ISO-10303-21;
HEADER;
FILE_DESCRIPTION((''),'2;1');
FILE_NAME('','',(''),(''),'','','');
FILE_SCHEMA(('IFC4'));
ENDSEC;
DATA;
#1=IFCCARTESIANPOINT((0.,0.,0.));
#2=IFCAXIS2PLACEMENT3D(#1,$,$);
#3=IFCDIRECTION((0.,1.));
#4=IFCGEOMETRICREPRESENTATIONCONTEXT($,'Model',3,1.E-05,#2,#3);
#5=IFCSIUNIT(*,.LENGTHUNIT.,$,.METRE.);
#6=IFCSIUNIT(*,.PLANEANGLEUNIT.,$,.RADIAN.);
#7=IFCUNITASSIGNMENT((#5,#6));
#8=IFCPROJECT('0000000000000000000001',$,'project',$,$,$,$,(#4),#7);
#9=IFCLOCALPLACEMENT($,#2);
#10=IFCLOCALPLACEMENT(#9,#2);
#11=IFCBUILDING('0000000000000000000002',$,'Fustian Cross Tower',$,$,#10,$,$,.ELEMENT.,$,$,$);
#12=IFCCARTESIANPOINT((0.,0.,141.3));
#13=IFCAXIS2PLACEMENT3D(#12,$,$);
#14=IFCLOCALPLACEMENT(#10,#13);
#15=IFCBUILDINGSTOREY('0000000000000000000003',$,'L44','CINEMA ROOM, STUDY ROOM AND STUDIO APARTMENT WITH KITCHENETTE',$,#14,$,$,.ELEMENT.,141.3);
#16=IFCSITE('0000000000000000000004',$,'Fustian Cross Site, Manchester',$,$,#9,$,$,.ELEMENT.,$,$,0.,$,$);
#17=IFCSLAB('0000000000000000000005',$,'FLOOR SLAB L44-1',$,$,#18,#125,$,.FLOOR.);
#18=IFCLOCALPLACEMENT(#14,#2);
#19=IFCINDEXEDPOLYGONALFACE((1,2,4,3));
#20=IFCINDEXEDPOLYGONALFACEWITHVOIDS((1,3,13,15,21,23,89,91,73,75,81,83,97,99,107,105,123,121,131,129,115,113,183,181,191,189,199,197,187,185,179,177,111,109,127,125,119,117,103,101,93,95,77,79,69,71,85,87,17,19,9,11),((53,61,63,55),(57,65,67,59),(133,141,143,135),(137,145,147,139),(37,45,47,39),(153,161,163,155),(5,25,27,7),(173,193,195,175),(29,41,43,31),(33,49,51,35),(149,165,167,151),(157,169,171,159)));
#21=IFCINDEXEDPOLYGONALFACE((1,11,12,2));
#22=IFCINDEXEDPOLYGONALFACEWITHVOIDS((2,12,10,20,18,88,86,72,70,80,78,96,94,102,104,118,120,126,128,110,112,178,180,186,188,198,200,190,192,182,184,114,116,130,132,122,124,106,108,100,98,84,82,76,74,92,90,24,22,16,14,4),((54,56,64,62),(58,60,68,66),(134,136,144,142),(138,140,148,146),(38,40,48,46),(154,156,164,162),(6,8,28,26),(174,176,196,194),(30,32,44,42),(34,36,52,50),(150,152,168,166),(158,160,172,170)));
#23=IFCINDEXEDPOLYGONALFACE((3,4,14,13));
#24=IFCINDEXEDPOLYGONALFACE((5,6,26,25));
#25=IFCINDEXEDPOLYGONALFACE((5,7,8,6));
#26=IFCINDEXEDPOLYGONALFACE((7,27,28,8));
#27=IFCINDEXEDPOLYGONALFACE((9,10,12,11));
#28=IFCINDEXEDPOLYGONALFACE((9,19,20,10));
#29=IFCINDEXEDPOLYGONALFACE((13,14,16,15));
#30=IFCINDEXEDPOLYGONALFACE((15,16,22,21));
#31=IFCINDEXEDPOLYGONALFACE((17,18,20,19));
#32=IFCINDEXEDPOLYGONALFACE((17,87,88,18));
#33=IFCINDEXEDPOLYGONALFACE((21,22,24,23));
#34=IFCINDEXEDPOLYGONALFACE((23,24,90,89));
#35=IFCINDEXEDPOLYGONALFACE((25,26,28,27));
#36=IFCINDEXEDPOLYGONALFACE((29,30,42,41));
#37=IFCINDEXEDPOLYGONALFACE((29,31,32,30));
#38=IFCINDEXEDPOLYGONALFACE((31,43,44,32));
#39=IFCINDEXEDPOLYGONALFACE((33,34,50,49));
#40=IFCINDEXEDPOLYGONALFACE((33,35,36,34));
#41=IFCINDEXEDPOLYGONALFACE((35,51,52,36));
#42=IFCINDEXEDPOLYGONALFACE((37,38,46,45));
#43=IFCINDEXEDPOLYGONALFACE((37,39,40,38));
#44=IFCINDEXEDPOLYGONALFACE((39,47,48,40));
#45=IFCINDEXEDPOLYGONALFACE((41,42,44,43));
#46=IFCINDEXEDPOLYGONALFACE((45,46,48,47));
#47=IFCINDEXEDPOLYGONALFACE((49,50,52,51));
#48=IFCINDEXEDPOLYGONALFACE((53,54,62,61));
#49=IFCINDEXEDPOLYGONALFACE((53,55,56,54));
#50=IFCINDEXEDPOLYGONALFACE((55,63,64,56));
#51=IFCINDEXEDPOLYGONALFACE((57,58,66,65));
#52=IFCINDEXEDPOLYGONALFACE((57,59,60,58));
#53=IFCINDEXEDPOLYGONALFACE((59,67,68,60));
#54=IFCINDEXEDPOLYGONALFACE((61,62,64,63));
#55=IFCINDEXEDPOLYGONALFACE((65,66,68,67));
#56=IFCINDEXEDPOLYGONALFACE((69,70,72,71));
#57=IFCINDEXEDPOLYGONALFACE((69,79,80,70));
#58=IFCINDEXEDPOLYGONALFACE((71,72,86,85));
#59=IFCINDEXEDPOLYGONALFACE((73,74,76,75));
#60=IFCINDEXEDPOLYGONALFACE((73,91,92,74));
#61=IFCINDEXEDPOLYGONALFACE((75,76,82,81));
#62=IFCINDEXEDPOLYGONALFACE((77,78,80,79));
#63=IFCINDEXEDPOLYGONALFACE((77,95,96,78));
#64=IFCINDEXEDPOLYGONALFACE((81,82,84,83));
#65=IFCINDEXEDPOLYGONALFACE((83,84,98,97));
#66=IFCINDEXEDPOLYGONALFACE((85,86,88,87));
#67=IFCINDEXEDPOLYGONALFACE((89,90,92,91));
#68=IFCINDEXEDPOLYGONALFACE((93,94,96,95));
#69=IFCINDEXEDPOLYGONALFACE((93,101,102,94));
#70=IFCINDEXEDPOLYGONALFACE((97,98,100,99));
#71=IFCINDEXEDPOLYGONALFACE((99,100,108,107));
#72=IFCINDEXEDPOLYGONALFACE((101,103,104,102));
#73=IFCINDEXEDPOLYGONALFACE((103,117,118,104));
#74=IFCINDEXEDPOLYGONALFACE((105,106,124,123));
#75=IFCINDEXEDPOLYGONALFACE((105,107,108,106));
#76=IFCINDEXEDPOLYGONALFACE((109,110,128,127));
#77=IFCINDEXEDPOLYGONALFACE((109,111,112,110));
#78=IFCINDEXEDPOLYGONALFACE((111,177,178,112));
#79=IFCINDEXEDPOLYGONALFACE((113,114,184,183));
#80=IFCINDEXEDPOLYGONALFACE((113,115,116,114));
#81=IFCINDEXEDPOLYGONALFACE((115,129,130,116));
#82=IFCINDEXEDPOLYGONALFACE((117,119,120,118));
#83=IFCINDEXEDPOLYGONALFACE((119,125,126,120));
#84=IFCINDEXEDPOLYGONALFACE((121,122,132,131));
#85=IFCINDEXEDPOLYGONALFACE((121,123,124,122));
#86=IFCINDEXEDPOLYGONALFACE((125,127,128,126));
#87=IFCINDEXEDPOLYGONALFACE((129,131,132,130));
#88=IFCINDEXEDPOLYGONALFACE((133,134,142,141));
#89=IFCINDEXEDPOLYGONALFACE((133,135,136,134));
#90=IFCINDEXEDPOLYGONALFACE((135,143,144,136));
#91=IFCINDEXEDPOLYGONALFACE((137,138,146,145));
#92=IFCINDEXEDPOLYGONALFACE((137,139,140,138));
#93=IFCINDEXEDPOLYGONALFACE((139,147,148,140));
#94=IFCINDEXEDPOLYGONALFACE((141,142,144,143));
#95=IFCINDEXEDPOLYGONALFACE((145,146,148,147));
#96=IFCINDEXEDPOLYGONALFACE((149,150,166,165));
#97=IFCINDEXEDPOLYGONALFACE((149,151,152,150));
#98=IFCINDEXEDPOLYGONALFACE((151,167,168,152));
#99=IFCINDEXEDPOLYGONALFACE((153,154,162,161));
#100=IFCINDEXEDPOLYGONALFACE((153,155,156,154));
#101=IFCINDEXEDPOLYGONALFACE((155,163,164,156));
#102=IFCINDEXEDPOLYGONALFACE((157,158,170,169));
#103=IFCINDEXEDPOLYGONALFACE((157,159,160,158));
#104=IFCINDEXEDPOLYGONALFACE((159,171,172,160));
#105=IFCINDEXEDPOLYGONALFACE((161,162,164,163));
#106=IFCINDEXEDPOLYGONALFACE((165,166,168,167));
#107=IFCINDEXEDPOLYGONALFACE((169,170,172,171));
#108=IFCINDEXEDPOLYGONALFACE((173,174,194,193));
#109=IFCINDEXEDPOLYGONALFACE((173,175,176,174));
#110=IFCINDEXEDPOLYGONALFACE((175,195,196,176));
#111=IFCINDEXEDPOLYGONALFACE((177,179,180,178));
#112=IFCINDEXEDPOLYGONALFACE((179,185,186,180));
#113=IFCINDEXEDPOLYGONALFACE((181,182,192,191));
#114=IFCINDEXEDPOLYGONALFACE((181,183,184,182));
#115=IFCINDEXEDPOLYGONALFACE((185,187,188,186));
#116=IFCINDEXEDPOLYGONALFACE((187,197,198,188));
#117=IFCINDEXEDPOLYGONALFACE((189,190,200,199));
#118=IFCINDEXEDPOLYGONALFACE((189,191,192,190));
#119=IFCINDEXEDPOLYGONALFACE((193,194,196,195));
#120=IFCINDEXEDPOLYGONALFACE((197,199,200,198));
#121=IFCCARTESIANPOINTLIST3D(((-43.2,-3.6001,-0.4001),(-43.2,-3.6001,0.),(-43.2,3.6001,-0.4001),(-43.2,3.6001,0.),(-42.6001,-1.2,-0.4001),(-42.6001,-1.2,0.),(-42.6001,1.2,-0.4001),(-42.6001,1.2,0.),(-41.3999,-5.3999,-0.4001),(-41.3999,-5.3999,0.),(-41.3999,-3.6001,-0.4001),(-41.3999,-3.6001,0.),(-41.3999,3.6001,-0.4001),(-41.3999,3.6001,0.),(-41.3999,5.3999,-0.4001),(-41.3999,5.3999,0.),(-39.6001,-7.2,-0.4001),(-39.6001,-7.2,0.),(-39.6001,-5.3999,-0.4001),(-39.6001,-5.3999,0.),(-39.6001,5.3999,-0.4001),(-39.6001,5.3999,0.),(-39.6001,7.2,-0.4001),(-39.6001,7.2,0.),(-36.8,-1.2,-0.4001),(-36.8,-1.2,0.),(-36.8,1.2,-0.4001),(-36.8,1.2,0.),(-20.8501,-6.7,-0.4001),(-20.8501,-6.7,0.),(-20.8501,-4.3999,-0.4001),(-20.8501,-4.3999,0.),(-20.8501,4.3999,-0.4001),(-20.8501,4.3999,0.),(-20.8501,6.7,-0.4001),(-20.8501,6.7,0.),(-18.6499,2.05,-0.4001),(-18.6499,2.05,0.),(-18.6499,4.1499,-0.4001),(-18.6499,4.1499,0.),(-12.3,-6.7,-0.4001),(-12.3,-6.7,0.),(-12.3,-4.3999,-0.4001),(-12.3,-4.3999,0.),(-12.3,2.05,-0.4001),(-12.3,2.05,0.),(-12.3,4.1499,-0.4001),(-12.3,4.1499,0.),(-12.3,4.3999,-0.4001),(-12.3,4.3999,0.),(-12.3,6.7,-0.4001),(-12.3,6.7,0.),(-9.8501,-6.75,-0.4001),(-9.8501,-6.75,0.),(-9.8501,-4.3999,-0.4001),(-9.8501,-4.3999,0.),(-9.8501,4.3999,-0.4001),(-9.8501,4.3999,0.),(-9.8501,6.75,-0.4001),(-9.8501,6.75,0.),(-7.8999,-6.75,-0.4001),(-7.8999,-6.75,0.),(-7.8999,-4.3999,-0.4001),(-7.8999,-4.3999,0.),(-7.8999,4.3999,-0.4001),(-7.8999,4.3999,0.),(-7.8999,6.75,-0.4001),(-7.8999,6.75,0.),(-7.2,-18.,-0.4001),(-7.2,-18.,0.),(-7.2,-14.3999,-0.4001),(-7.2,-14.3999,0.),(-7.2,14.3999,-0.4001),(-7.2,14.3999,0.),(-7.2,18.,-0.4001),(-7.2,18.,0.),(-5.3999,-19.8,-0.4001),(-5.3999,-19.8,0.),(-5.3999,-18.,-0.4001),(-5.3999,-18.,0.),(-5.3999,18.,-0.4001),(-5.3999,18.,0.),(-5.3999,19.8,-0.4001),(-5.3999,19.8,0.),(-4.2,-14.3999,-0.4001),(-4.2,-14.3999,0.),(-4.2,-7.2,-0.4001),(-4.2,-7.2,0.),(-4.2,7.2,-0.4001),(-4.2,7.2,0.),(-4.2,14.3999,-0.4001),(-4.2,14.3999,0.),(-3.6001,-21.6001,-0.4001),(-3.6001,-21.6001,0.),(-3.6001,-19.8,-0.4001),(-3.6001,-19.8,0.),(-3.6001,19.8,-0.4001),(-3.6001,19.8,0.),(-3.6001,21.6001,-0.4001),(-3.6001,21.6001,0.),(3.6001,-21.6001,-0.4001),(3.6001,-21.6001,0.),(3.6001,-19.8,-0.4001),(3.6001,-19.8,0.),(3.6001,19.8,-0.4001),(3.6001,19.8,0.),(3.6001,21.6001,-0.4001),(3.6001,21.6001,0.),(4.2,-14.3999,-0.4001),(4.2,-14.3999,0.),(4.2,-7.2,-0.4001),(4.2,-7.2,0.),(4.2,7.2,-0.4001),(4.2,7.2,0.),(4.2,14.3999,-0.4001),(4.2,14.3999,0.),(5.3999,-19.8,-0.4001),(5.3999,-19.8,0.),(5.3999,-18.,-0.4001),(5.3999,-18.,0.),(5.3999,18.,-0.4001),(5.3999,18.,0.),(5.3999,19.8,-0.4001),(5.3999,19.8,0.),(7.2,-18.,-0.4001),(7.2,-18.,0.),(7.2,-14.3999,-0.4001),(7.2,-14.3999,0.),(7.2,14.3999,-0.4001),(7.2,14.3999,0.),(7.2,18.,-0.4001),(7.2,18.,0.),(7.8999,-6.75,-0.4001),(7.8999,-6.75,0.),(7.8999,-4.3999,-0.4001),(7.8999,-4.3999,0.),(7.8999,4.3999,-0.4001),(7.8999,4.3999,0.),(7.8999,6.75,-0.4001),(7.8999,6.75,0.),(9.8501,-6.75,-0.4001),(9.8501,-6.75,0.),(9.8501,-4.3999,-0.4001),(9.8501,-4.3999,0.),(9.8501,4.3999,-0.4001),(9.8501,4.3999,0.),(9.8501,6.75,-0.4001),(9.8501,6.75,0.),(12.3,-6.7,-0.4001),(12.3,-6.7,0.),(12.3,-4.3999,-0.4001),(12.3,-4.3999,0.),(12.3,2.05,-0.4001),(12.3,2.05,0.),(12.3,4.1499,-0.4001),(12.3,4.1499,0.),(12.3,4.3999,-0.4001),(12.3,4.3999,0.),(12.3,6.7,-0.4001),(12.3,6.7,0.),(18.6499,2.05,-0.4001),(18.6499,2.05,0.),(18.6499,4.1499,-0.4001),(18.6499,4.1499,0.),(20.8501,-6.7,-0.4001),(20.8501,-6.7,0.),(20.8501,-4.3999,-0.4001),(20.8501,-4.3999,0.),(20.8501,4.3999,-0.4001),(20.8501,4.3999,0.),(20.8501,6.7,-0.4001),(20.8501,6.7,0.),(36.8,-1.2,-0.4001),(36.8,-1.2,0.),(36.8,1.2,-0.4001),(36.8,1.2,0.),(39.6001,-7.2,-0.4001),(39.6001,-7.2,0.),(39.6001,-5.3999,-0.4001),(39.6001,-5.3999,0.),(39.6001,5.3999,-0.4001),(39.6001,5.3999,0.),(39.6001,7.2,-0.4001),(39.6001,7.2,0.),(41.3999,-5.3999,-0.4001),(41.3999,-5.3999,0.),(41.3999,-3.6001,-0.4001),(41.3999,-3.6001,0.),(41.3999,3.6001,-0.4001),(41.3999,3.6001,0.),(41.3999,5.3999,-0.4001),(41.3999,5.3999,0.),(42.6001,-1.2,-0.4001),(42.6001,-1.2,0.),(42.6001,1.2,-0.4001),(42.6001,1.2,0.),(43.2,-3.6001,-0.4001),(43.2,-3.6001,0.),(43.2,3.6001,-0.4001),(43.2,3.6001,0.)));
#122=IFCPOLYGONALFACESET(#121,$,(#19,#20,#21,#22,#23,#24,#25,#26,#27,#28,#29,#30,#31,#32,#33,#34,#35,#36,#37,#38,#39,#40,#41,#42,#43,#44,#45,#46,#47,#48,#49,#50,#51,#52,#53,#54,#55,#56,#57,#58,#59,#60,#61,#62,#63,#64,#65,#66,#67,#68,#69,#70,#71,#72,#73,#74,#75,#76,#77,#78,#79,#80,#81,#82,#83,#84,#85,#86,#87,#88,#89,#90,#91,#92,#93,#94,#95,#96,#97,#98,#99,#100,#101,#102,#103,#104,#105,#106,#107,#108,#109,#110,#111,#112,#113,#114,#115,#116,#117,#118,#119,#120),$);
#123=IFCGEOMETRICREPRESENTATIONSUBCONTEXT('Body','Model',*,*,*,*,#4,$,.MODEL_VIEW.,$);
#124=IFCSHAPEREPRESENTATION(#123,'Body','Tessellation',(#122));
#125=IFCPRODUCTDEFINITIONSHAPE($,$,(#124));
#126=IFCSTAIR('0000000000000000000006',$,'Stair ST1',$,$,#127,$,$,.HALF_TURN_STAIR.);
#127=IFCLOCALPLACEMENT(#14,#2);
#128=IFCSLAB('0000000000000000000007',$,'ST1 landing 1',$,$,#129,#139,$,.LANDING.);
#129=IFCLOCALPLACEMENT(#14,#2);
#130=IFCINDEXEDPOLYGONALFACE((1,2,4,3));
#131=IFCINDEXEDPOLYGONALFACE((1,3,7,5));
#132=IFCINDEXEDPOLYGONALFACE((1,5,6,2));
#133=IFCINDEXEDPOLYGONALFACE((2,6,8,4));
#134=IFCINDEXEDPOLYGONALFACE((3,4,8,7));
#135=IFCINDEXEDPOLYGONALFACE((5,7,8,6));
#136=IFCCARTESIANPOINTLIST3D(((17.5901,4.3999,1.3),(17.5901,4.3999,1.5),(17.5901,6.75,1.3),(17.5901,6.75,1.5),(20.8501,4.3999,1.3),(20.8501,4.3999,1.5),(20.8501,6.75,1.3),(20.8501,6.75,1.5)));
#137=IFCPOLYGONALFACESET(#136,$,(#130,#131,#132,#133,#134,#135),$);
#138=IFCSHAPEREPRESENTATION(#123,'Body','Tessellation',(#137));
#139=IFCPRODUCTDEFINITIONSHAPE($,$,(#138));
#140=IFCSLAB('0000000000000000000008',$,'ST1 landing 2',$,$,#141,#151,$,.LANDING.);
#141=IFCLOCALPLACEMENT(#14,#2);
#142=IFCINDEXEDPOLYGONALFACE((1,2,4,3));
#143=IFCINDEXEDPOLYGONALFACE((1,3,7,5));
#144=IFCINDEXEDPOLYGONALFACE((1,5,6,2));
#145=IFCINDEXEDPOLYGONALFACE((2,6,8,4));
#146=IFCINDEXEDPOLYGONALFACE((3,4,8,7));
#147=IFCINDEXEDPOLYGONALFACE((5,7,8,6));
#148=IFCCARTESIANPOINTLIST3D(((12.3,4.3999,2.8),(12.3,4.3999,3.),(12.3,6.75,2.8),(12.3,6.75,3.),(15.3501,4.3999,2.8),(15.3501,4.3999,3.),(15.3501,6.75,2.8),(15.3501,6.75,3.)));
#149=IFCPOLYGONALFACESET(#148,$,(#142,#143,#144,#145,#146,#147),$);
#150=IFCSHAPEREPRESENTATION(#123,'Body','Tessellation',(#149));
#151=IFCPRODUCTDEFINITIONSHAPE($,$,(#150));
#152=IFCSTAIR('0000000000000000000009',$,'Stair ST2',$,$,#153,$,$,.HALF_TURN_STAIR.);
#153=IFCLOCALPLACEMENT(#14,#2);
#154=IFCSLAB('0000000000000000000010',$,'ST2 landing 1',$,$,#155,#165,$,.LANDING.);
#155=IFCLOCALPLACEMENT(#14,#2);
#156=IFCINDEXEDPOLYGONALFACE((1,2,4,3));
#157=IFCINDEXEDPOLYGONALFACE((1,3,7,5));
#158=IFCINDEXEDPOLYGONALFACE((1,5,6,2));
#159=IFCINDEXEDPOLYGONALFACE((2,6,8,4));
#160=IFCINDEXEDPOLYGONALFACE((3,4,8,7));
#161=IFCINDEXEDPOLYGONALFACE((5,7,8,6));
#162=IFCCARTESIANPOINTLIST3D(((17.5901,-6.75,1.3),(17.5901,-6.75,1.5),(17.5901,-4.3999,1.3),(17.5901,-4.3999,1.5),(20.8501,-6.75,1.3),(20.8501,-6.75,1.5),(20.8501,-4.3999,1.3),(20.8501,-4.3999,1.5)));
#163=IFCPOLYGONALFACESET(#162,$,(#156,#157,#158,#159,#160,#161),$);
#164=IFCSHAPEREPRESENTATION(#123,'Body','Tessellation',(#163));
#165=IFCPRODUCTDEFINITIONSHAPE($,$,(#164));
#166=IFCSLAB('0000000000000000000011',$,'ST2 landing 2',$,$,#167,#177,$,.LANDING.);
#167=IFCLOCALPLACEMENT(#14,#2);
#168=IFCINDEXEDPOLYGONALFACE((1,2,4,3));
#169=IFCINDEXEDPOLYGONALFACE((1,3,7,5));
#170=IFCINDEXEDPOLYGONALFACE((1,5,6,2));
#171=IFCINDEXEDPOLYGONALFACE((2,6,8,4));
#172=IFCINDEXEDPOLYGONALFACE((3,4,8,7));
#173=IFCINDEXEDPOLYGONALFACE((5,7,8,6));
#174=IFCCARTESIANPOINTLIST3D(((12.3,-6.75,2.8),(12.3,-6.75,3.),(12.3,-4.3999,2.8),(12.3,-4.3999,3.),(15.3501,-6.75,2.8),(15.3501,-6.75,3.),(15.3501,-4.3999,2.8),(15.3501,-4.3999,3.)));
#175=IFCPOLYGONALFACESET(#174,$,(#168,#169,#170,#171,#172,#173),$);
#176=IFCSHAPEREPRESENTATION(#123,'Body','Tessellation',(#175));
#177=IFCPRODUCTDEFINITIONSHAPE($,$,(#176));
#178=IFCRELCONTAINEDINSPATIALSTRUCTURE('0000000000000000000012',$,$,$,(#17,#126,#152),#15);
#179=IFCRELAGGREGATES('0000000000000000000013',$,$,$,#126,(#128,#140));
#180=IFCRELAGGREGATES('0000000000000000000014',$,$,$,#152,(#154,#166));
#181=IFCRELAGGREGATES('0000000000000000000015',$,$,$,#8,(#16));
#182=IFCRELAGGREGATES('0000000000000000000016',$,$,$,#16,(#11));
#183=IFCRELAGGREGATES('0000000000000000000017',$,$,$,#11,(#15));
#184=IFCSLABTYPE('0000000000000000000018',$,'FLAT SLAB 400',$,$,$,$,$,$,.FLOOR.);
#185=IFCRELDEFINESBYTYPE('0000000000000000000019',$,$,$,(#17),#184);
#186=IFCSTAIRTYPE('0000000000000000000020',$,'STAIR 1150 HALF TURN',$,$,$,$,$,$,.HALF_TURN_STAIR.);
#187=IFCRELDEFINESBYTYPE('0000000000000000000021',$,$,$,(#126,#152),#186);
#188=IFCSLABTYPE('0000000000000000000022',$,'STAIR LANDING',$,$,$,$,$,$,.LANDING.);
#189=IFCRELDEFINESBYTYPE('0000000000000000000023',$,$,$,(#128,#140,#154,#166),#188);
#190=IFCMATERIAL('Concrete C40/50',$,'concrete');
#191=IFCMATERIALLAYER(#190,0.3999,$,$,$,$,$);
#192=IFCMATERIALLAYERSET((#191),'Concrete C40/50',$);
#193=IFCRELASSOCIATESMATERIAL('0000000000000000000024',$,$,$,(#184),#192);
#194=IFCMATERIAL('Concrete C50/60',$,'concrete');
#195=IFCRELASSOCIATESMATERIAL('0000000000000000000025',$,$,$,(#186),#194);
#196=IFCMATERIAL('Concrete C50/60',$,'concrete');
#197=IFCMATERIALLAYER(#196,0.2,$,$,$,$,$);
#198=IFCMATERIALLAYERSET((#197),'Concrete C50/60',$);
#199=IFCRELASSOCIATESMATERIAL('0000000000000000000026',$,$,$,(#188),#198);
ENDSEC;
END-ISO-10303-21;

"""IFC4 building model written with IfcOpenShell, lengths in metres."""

from ifc_helpers import new_model, si_unit, direction, frame, origin, place, context, subcontext, project, spatial, polyline, outline, extrude, material, layer, layer_set, type_object, element, aggregate, save


model = new_model("IFC4")

# Units and contexts
model_context = context("Model", 3, precision=1e-05, world=origin(), true_north=direction((0.0, 1.0)))
body_context = subcontext(model_context, "Body", "Model", "MODEL_VIEW")
ifc_project = project(units=[si_unit("LENGTHUNIT", "METRE"), si_unit("PLANEANGLEUNIT", "RADIAN")], contexts=[model_context])

# Site, building, storey
site_placement = place(None, origin())
site = spatial("IfcSite", under=ifc_project, at=site_placement, Name="Fustian Cross Site, Manchester", CompositionType="ELEMENT", RefElevation=0.0)
building_placement = place(site_placement, origin())
building = spatial("IfcBuilding", under=site, at=building_placement, Name="Fustian Cross Tower", CompositionType="ELEMENT")
storey_placement = place(building_placement, frame((0.0, 0.0, 141.3)))
storey = spatial("IfcBuildingStorey", under=building, at=storey_placement, Name="L44", Description="CINEMA ROOM, STUDY ROOM AND STUDIO APARTMENT WITH KITCHENETTE", CompositionType="ELEMENT", Elevation=141.3)

# Slab
ifc_material_1 = material(Name="Concrete C40/50", Category="concrete")
ifc_layer_1 = layer(ifc_material_1, 0.3999)
ifc_layer_set_1 = layer_set([ifc_layer_1], Name="Concrete C40/50")
slab_type_1 = type_object("IfcSlabType", Name="FLAT SLAB 400", PredefinedType="FLOOR", material=ifc_layer_set_1)
slab_1_placement = place(storey_placement, frame((0.0, 0.0, -0.4001)))
element("IfcSlab", 1, at=slab_1_placement, inside=storey, type_object=slab_type_1, Name="FLOOR SLAB L44-1", PredefinedType="FLOOR", context=body_context, shape_type="SweptSolid", body=[
    extrude(outline(polyline([(-5.3999, -18.0), (-7.2, -18.0), (-7.2, -14.3999), (-4.2, -14.3999), (-4.2, -7.2), (-39.6001, -7.2), (-39.6001, -5.3999), (-41.3999, -5.3999), (-41.3999, -3.6001), (-43.2, -3.6001), (-43.2, 3.6001), (-41.3999, 3.6001), (-41.3999, 5.3999), (-39.6001, 5.3999), (-39.6001, 7.2), (-4.2, 7.2), (-4.2, 14.3999), (-7.2, 14.3999), (-7.2, 18.0), (-5.3999, 18.0), (-5.3999, 19.8), (-3.6001, 19.8), (-3.6001, 21.6001), (3.6001, 21.6001), (3.6001, 19.8), (5.3999, 19.8), (5.3999, 18.0), (7.2, 18.0), (7.2, 14.3999), (4.2, 14.3999), (4.2, 7.2), (39.6001, 7.2), (39.6001, 5.3999), (41.3999, 5.3999), (41.3999, 3.6001), (43.2, 3.6001), (43.2, -3.6001), (41.3999, -3.6001), (41.3999, -5.3999), (39.6001, -5.3999), (39.6001, -7.2), (4.2, -7.2), (4.2, -14.3999), (7.2, -14.3999), (7.2, -18.0), (5.3999, -18.0), (5.3999, -19.8), (3.6001, -19.8), (3.6001, -21.6001), (-3.6001, -21.6001), (-3.6001, -19.8), (-5.3999, -19.8), (-5.3999, -18.0)]), holes=[polyline([(9.8501, 4.3999), (9.8501, 6.75), (7.8999, 6.75), (7.8999, 4.3999), (9.8501, 4.3999)]), polyline([(7.8999, -6.75), (9.8501, -6.75), (9.8501, -4.3999), (7.8999, -4.3999), (7.8999, -6.75)]), polyline([(-9.8501, 6.75), (-9.8501, 4.3999), (-7.8999, 4.3999), (-7.8999, 6.75), (-9.8501, 6.75)]), polyline([(-7.8999, -4.3999), (-9.8501, -4.3999), (-9.8501, -6.75), (-7.8999, -6.75), (-7.8999, -4.3999)]), polyline([(18.6499, 2.05), (18.6499, 4.1499), (12.3, 4.1499), (12.3, 2.05), (18.6499, 2.05)]), polyline([(-18.6499, 2.05), (-12.3, 2.05), (-12.3, 4.1499), (-18.6499, 4.1499), (-18.6499, 2.05)]), polyline([(12.3, 6.7), (12.3, 4.3999), (20.8501, 4.3999), (20.8501, 6.7), (12.3, 6.7)]), polyline([(20.8501, -4.3999), (12.3, -4.3999), (12.3, -6.7), (20.8501, -6.7), (20.8501, -4.3999)]), polyline([(-12.3, 4.3999), (-12.3, 6.7), (-20.8501, 6.7), (-20.8501, 4.3999), (-12.3, 4.3999)]), polyline([(-20.8501, -6.7), (-12.3, -6.7), (-12.3, -4.3999), (-20.8501, -4.3999), (-20.8501, -6.7)]), polyline([(36.8, 1.2), (36.8, -1.2), (42.6001, -1.2), (42.6001, 1.2), (36.8, 1.2)]), polyline([(-36.8, 1.2), (-42.6001, 1.2), (-42.6001, -1.2), (-36.8, -1.2), (-36.8, 1.2)])]), origin(), (0.0, 0.0, 1.0), 0.4001),
])

# Stairs, slabs
ifc_material_2 = material(Name="Concrete C50/60", Category="concrete")
stair_type = type_object("IfcStairType", Name="STAIR 1150 HALF TURN", PredefinedType="HALF_TURN_STAIR", material=ifc_material_2)
stair_1_placement = place(storey_placement, origin())
stair_1 = element("IfcStair", 2, at=stair_1_placement, inside=storey, type_object=stair_type, Name="Stair ST1", PredefinedType="HALF_TURN_STAIR")
ifc_material_3 = material(Name="Concrete C50/60", Category="concrete")
ifc_layer_2 = layer(ifc_material_3, 0.2)
ifc_layer_set_2 = layer_set([ifc_layer_2], Name="Concrete C50/60")
slab_type_2 = type_object("IfcSlabType", Name="STAIR LANDING", PredefinedType="LANDING", material=ifc_layer_set_2)
slab_2_placement = place(storey_placement, frame((0.0, 0.0, 1.3)))
slab_2 = element("IfcSlab", 3, at=slab_2_placement, type_object=slab_type_2, Name="ST1 landing 1", PredefinedType="LANDING", context=body_context, shape_type="SweptSolid", body=[
    extrude(outline(polyline([(17.5901, 4.3999), (20.8501, 4.3999), (20.8501, 6.75), (17.5901, 6.75), (17.5901, 4.3999)])), origin(), (0.0, 0.0, 1.0), 0.2),
])
slab_3_placement = place(storey_placement, frame((0.0, 0.0, 2.8)))
slab_3 = element("IfcSlab", 4, at=slab_3_placement, type_object=slab_type_2, Name="ST1 landing 2", PredefinedType="LANDING", context=body_context, shape_type="SweptSolid", body=[
    extrude(outline(polyline([(12.3, 4.3999), (15.3501, 4.3999), (15.3501, 6.75), (12.3, 6.75), (12.3, 4.3999)])), origin(), (0.0, 0.0, 1.0), 0.2),
])
aggregate(stair_1, [slab_2, slab_3])
stair_2_placement = place(storey_placement, origin())
stair_2 = element("IfcStair", 5, at=stair_2_placement, inside=storey, type_object=stair_type, Name="Stair ST2", PredefinedType="HALF_TURN_STAIR")
slab_4_placement = place(storey_placement, frame((0.0, 0.0, 1.3)))
slab_4 = element("IfcSlab", 6, at=slab_4_placement, type_object=slab_type_2, Name="ST2 landing 1", PredefinedType="LANDING", context=body_context, shape_type="SweptSolid", body=[
    extrude(outline(polyline([(17.5901, -4.3999), (20.8501, -4.3999), (20.8501, -6.75), (17.5901, -6.75), (17.5901, -4.3999)])), origin(), (0.0, 0.0, 1.0), 0.2),
])
slab_5_placement = place(storey_placement, frame((0.0, 0.0, 2.8)))
slab_5 = element("IfcSlab", 7, at=slab_5_placement, type_object=slab_type_2, Name="ST2 landing 2", PredefinedType="LANDING", context=body_context, shape_type="SweptSolid", body=[
    extrude(outline(polyline([(12.3, -4.3999), (15.3501, -4.3999), (15.3501, -6.75), (12.3, -6.75), (12.3, -4.3999)])), origin(), (0.0, 0.0, 1.0), 0.2),
])
aggregate(stair_2, [slab_4, slab_5])

save(model, "model.ifc")
